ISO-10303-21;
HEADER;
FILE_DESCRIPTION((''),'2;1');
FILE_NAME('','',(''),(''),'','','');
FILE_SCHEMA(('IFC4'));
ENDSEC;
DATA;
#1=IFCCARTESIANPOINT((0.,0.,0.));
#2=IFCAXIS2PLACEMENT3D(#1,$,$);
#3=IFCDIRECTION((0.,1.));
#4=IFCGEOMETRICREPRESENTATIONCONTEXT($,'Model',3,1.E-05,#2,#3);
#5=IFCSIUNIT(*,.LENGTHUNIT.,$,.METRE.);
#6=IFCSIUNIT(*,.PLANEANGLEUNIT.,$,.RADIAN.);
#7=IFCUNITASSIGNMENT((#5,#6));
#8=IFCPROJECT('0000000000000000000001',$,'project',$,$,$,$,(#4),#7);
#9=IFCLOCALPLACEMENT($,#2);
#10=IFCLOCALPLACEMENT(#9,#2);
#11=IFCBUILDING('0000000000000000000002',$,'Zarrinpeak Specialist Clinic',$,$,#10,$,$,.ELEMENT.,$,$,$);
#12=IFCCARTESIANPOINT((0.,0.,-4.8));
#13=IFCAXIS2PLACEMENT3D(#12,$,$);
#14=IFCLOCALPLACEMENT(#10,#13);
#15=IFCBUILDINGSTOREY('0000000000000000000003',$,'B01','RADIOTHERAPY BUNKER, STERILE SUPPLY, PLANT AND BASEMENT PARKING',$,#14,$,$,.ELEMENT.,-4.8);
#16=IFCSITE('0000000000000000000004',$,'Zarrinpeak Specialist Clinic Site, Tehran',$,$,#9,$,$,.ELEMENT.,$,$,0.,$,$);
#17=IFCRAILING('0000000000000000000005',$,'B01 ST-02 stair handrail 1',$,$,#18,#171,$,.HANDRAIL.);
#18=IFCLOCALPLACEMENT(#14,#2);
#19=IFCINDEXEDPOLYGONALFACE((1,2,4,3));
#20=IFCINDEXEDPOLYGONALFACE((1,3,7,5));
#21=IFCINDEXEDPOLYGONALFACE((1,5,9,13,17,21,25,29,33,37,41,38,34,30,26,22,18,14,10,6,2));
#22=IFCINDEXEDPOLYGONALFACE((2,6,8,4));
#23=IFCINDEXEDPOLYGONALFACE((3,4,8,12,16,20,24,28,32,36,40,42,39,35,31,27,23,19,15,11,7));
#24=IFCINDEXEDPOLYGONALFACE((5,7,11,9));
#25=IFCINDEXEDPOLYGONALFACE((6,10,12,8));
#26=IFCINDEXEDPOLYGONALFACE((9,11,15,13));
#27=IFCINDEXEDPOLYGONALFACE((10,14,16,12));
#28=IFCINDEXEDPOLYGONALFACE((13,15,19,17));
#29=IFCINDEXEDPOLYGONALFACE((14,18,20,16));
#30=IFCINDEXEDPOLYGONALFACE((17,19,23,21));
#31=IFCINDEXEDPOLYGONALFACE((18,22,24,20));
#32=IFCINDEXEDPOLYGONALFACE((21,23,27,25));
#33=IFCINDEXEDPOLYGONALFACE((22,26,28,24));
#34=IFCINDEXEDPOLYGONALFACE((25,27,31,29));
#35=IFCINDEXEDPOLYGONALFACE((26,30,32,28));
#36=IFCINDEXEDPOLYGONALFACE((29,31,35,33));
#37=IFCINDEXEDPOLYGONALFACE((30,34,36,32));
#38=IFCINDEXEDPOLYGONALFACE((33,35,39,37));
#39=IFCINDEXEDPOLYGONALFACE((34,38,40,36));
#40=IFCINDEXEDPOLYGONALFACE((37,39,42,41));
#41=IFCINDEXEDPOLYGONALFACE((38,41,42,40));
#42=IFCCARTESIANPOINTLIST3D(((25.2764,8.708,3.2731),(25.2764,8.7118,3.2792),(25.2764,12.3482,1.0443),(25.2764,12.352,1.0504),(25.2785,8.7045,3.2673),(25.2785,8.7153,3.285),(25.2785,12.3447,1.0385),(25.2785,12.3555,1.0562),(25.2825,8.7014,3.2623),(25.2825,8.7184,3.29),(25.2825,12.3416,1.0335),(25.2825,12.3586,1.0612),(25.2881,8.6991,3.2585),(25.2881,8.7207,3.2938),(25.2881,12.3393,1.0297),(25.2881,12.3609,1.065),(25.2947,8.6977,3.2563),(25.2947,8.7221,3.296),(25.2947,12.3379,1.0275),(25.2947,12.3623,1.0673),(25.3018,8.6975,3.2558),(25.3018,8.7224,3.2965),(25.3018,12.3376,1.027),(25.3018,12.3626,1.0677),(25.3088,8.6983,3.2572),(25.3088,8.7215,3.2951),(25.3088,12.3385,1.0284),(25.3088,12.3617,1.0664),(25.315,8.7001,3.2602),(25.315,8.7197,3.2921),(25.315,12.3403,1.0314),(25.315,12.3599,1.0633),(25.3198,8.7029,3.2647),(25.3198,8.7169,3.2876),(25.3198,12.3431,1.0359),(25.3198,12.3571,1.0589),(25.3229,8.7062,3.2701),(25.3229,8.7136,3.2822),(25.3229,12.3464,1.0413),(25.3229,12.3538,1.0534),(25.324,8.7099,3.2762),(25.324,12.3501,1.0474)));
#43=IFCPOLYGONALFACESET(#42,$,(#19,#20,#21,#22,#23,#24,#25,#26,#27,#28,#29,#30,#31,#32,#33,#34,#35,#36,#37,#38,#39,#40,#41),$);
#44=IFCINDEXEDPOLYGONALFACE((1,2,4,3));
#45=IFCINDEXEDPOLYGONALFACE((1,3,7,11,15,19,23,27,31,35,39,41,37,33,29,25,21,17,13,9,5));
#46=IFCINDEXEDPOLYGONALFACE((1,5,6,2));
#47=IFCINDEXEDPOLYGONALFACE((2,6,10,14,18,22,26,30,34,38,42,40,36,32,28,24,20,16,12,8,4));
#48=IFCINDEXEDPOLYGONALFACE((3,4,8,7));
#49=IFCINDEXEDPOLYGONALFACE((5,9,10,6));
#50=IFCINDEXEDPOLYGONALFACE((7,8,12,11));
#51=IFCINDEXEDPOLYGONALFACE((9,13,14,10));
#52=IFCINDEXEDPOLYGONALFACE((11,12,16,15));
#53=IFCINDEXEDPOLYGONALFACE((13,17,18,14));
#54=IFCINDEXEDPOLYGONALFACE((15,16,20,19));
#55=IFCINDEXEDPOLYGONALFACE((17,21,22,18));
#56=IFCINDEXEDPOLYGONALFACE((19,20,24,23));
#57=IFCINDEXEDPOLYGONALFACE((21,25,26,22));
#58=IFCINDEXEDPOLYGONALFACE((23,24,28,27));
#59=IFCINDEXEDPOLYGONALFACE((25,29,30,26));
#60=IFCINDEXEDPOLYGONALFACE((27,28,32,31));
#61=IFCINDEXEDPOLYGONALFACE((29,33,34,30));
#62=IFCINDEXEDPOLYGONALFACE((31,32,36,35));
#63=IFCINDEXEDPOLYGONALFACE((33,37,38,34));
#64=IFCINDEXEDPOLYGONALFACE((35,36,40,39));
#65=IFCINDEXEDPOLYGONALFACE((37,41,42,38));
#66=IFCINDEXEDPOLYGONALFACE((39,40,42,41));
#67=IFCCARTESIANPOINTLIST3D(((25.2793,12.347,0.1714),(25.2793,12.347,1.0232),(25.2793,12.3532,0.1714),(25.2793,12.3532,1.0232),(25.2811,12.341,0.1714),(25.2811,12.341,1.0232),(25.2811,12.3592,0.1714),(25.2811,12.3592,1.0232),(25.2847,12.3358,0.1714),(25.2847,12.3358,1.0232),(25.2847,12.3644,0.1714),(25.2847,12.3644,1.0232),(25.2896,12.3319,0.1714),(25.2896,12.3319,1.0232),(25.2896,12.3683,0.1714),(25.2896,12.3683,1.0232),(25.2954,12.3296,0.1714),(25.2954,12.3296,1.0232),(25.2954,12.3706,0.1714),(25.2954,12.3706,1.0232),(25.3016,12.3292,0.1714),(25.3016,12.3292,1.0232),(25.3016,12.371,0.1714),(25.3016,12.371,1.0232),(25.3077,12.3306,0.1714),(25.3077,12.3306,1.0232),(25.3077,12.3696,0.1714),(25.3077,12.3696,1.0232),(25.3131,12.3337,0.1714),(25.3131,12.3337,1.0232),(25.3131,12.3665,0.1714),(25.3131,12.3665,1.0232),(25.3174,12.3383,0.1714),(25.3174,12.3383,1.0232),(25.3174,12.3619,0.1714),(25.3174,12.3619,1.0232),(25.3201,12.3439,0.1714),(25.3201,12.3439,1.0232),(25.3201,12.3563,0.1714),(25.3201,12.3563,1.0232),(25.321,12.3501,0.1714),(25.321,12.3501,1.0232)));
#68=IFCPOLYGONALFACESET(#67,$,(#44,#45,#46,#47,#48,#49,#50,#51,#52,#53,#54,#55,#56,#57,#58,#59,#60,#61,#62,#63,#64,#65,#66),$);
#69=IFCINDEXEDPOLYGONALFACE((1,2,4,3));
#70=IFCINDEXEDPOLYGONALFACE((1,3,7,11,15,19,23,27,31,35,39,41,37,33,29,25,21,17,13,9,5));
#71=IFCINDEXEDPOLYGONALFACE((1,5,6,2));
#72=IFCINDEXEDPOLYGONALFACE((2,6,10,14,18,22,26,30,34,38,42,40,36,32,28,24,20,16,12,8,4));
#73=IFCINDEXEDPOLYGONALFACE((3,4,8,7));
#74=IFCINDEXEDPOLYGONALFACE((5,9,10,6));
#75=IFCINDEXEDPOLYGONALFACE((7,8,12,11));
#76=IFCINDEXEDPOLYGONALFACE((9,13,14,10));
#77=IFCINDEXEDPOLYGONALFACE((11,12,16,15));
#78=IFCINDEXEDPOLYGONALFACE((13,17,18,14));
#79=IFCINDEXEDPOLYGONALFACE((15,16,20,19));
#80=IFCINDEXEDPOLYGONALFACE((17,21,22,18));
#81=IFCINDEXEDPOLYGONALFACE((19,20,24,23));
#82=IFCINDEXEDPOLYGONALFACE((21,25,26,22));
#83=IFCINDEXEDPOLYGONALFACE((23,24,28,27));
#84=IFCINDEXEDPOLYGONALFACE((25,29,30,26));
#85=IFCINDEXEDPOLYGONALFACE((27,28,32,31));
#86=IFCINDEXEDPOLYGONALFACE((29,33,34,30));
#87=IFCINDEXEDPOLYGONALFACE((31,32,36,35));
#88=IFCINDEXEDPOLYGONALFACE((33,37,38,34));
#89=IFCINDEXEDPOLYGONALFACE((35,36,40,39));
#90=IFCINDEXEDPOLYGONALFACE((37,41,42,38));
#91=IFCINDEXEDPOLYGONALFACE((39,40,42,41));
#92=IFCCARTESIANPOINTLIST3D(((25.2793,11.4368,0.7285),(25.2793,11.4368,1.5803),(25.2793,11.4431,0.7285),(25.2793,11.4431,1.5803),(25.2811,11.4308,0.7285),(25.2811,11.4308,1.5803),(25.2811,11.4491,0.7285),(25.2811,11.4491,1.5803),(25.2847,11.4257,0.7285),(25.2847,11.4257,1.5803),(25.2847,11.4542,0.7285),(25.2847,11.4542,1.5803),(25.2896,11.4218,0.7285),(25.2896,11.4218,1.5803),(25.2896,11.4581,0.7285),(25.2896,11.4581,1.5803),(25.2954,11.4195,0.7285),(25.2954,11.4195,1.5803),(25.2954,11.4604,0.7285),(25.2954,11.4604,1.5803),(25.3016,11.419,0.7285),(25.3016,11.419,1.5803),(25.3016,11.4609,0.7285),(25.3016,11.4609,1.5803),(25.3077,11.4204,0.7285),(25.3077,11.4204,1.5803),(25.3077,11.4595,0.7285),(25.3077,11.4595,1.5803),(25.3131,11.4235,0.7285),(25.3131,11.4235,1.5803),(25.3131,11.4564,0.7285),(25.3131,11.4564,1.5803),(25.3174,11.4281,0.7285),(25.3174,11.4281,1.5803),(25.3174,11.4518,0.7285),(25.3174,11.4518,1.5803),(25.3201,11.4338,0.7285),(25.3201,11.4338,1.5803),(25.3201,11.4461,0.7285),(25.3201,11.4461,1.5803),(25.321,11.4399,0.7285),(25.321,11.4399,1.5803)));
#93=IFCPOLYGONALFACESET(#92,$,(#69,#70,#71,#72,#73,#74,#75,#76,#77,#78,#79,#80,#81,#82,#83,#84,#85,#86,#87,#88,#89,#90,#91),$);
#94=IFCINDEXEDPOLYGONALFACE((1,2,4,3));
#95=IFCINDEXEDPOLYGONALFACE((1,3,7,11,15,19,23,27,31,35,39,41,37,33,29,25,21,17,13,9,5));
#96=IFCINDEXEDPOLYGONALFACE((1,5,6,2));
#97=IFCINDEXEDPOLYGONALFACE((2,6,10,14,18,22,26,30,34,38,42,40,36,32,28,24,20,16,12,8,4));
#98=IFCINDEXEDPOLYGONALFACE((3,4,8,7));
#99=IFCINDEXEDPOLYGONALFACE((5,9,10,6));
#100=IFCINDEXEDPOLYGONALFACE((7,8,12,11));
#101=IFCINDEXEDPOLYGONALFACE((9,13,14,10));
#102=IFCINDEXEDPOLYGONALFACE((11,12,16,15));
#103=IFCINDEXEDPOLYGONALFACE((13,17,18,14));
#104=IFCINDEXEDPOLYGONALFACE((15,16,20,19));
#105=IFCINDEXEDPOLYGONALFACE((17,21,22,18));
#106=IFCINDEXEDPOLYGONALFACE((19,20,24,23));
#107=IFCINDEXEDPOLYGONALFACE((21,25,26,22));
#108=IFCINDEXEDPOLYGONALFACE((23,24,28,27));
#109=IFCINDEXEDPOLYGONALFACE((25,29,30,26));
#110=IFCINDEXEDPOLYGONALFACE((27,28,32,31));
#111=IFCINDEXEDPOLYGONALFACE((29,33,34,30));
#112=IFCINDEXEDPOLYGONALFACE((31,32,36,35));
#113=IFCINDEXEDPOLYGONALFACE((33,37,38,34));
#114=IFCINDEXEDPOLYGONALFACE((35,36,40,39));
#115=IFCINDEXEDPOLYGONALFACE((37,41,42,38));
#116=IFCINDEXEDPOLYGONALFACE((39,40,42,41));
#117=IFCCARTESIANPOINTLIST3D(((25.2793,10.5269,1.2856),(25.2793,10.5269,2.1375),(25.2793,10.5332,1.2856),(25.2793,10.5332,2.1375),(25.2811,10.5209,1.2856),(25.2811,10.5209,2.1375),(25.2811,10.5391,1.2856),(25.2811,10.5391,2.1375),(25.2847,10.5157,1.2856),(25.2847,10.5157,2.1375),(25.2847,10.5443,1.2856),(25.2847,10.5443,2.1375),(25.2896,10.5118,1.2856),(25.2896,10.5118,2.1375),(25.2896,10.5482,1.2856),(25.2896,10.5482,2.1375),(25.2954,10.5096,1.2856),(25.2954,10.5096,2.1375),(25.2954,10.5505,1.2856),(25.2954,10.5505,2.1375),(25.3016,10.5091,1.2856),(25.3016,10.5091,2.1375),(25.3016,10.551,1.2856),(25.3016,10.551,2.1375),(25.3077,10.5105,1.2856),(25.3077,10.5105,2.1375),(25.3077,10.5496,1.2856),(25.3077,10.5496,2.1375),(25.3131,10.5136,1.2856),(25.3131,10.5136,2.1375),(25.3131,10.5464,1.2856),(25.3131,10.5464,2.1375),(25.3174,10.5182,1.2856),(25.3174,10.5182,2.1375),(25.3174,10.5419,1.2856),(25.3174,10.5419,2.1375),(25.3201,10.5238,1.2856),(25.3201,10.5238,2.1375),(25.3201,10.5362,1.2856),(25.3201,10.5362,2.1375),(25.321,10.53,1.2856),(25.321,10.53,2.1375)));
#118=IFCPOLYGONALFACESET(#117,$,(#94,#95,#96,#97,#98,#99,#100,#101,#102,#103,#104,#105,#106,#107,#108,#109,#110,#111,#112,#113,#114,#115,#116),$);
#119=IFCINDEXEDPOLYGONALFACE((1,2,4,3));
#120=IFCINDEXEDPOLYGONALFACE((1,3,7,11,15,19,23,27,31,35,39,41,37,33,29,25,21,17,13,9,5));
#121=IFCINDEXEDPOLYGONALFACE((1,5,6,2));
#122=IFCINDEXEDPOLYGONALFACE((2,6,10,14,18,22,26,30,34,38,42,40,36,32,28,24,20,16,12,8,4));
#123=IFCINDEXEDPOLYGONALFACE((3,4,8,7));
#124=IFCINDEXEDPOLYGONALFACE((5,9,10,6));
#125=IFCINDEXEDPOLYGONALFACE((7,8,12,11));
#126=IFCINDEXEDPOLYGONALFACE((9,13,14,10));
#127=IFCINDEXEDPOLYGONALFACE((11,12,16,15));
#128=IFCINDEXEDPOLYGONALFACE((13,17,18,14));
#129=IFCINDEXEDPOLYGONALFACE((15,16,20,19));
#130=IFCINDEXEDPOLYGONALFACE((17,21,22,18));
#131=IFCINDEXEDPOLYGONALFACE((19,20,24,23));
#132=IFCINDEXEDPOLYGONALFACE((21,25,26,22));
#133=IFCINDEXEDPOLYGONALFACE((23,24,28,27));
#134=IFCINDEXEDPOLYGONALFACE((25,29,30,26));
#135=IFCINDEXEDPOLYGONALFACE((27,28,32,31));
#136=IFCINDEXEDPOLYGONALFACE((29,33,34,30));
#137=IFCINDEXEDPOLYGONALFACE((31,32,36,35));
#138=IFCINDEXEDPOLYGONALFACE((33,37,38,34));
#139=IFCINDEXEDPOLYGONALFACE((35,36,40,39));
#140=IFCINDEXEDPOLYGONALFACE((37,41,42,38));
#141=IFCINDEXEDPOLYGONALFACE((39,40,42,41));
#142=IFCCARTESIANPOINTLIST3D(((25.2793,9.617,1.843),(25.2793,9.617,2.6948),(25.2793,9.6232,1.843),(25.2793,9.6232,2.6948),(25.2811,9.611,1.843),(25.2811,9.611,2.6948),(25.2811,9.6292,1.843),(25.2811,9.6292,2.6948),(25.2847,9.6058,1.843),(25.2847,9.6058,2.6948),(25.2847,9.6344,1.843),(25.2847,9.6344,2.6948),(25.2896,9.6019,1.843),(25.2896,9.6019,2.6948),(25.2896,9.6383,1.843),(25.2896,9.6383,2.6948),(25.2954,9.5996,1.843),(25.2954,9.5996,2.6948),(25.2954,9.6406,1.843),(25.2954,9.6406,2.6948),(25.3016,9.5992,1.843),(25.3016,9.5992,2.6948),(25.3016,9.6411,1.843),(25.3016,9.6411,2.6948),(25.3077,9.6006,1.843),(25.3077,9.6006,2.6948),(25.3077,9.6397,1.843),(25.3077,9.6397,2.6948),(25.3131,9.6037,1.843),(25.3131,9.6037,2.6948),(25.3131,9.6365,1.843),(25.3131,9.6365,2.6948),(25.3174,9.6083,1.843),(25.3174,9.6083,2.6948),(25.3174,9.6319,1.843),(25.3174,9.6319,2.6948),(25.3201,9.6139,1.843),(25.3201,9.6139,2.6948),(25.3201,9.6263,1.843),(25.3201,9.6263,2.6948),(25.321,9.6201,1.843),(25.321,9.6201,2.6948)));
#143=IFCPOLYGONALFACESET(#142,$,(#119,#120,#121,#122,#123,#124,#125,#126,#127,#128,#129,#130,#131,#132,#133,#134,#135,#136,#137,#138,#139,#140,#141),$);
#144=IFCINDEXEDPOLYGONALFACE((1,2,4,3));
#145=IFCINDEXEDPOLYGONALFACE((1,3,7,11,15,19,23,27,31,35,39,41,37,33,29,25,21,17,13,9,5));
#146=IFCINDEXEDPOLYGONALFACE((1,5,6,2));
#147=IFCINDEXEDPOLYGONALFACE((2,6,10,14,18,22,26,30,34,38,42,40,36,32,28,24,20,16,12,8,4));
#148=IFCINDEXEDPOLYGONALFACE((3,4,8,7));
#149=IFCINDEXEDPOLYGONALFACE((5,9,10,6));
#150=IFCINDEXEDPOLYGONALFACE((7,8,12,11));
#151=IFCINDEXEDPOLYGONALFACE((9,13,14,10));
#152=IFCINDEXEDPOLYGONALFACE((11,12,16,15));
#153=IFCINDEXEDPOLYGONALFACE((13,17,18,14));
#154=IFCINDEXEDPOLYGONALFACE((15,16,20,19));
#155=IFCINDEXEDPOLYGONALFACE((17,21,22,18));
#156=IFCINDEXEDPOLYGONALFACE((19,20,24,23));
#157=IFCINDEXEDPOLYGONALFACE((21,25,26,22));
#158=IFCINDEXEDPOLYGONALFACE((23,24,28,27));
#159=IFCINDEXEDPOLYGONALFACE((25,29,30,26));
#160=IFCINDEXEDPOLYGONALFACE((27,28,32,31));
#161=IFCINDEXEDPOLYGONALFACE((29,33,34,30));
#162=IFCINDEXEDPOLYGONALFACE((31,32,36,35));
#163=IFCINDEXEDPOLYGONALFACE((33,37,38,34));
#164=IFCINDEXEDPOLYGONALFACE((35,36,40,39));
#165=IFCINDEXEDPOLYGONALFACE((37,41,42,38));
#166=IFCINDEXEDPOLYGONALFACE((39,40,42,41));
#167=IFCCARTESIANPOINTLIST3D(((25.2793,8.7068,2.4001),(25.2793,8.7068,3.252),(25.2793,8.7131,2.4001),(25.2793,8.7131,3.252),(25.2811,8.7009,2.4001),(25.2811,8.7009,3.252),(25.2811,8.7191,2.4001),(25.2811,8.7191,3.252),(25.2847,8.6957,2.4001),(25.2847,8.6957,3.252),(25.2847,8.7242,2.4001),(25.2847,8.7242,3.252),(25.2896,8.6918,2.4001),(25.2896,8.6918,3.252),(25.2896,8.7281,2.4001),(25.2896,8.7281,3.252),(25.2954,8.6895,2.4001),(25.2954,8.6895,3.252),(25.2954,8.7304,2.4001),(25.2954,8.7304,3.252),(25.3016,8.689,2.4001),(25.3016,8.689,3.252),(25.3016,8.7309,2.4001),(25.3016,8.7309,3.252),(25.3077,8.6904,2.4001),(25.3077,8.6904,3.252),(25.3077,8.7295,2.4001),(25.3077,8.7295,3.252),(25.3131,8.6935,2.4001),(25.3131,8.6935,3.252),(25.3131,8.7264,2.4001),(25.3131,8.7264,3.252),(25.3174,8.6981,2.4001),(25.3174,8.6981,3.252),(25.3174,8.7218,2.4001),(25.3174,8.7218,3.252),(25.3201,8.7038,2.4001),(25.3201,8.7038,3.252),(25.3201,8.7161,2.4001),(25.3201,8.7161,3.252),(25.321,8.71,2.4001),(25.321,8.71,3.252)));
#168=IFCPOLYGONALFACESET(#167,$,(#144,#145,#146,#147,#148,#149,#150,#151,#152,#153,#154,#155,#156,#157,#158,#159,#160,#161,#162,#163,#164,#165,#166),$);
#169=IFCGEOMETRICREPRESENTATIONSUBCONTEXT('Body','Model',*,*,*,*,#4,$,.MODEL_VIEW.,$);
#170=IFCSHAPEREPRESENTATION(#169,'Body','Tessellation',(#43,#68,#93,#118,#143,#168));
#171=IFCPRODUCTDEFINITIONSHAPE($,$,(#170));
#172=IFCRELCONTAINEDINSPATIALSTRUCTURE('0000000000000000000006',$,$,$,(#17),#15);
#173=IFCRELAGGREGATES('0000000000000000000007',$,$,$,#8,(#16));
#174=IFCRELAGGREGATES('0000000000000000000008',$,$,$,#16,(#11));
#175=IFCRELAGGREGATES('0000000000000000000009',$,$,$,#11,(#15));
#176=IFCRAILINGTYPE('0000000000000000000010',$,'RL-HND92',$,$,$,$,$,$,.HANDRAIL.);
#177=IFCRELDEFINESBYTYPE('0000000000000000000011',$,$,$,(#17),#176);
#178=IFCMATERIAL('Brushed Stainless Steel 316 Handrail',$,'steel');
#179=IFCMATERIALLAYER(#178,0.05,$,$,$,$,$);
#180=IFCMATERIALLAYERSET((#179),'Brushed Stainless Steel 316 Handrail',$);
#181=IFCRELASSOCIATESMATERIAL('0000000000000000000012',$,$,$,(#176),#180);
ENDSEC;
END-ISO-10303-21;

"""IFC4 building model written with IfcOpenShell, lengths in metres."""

from ifc_helpers import new_model, si_unit, direction, frame, origin, origin_2d, place, context, subcontext, project, spatial, circle, extrude, material, layer, layer_set, type_object, element, save


model = new_model("IFC4")

# Units and contexts
model_context = context("Model", 3, precision=1e-05, world=origin(), true_north=direction((0.0, 1.0)))
body_context = subcontext(model_context, "Body", "Model", "MODEL_VIEW")
ifc_project = project(units=[si_unit("LENGTHUNIT", "METRE"), si_unit("PLANEANGLEUNIT", "RADIAN")], contexts=[model_context])

# Site, building, storey
site_placement = place(None, origin())
site = spatial("IfcSite", under=ifc_project, at=site_placement, Name="Zarrinpeak Specialist Clinic Site, Tehran", CompositionType="ELEMENT", RefElevation=0.0)
building_placement = place(site_placement, origin())
building = spatial("IfcBuilding", under=site, at=building_placement, Name="Zarrinpeak Specialist Clinic", CompositionType="ELEMENT")
storey_placement = place(building_placement, frame((0.0, 0.0, -4.8)))
storey = spatial("IfcBuildingStorey", under=building, at=storey_placement, Name="B01", Description="RADIOTHERAPY BUNKER, STERILE SUPPLY, PLANT AND BASEMENT PARKING", CompositionType="ELEMENT", Elevation=-4.8)

# Railing
ifc_material_1 = material(Name="Brushed Stainless Steel 316 Handrail", Category="steel")
ifc_layer_1 = layer(ifc_material_1, 0.05)
ifc_layer_set_1 = layer_set([ifc_layer_1], Name="Brushed Stainless Steel 316 Handrail")
railing_type_1 = type_object("IfcRailingType", Name="RL-HND92", PredefinedType="HANDRAIL", material=ifc_layer_set_1)
railing_1_placement = place(storey_placement, frame((25.3, 12.3501, 0.1714)))
element("IfcRailing", 1, at=railing_1_placement, inside=storey, type_object=railing_type_1, Name="B01 ST-02 stair handrail 1", PredefinedType="HANDRAIL", context=body_context, shape_type="SweptSolid", body=[
    extrude(circle(Radius=0.0239, at=origin_2d()), frame((0.0, 0.0, 0.876), z_axis=(0.0, -0.85284, 0.522172), x_axis=(1.0, 0.0, 0.0)), (0.0, 0.0, 1.0), 4.2683),
    extrude(circle(Radius=0.021, at=origin_2d()), origin(), (0.0, 0.0, 1.0), 0.8518),
    extrude(circle(Radius=0.021, at=origin_2d()), frame((0.0, -0.9102, 0.5571)), (0.0, 0.0, 1.0), 0.8518),
    extrude(circle(Radius=0.021, at=origin_2d()), frame((0.0, -1.8201, 1.1143)), (0.0, 0.0, 1.0), 0.8518),
    extrude(circle(Radius=0.021, at=origin_2d()), frame((0.0, -2.73, 1.6716)), (0.0, 0.0, 1.0), 0.8518),
    extrude(circle(Radius=0.021, at=origin_2d()), frame((0.0, -3.6401, 2.2288)), (0.0, 0.0, 1.0), 0.8518),
])

save(model, "model.ifc")
